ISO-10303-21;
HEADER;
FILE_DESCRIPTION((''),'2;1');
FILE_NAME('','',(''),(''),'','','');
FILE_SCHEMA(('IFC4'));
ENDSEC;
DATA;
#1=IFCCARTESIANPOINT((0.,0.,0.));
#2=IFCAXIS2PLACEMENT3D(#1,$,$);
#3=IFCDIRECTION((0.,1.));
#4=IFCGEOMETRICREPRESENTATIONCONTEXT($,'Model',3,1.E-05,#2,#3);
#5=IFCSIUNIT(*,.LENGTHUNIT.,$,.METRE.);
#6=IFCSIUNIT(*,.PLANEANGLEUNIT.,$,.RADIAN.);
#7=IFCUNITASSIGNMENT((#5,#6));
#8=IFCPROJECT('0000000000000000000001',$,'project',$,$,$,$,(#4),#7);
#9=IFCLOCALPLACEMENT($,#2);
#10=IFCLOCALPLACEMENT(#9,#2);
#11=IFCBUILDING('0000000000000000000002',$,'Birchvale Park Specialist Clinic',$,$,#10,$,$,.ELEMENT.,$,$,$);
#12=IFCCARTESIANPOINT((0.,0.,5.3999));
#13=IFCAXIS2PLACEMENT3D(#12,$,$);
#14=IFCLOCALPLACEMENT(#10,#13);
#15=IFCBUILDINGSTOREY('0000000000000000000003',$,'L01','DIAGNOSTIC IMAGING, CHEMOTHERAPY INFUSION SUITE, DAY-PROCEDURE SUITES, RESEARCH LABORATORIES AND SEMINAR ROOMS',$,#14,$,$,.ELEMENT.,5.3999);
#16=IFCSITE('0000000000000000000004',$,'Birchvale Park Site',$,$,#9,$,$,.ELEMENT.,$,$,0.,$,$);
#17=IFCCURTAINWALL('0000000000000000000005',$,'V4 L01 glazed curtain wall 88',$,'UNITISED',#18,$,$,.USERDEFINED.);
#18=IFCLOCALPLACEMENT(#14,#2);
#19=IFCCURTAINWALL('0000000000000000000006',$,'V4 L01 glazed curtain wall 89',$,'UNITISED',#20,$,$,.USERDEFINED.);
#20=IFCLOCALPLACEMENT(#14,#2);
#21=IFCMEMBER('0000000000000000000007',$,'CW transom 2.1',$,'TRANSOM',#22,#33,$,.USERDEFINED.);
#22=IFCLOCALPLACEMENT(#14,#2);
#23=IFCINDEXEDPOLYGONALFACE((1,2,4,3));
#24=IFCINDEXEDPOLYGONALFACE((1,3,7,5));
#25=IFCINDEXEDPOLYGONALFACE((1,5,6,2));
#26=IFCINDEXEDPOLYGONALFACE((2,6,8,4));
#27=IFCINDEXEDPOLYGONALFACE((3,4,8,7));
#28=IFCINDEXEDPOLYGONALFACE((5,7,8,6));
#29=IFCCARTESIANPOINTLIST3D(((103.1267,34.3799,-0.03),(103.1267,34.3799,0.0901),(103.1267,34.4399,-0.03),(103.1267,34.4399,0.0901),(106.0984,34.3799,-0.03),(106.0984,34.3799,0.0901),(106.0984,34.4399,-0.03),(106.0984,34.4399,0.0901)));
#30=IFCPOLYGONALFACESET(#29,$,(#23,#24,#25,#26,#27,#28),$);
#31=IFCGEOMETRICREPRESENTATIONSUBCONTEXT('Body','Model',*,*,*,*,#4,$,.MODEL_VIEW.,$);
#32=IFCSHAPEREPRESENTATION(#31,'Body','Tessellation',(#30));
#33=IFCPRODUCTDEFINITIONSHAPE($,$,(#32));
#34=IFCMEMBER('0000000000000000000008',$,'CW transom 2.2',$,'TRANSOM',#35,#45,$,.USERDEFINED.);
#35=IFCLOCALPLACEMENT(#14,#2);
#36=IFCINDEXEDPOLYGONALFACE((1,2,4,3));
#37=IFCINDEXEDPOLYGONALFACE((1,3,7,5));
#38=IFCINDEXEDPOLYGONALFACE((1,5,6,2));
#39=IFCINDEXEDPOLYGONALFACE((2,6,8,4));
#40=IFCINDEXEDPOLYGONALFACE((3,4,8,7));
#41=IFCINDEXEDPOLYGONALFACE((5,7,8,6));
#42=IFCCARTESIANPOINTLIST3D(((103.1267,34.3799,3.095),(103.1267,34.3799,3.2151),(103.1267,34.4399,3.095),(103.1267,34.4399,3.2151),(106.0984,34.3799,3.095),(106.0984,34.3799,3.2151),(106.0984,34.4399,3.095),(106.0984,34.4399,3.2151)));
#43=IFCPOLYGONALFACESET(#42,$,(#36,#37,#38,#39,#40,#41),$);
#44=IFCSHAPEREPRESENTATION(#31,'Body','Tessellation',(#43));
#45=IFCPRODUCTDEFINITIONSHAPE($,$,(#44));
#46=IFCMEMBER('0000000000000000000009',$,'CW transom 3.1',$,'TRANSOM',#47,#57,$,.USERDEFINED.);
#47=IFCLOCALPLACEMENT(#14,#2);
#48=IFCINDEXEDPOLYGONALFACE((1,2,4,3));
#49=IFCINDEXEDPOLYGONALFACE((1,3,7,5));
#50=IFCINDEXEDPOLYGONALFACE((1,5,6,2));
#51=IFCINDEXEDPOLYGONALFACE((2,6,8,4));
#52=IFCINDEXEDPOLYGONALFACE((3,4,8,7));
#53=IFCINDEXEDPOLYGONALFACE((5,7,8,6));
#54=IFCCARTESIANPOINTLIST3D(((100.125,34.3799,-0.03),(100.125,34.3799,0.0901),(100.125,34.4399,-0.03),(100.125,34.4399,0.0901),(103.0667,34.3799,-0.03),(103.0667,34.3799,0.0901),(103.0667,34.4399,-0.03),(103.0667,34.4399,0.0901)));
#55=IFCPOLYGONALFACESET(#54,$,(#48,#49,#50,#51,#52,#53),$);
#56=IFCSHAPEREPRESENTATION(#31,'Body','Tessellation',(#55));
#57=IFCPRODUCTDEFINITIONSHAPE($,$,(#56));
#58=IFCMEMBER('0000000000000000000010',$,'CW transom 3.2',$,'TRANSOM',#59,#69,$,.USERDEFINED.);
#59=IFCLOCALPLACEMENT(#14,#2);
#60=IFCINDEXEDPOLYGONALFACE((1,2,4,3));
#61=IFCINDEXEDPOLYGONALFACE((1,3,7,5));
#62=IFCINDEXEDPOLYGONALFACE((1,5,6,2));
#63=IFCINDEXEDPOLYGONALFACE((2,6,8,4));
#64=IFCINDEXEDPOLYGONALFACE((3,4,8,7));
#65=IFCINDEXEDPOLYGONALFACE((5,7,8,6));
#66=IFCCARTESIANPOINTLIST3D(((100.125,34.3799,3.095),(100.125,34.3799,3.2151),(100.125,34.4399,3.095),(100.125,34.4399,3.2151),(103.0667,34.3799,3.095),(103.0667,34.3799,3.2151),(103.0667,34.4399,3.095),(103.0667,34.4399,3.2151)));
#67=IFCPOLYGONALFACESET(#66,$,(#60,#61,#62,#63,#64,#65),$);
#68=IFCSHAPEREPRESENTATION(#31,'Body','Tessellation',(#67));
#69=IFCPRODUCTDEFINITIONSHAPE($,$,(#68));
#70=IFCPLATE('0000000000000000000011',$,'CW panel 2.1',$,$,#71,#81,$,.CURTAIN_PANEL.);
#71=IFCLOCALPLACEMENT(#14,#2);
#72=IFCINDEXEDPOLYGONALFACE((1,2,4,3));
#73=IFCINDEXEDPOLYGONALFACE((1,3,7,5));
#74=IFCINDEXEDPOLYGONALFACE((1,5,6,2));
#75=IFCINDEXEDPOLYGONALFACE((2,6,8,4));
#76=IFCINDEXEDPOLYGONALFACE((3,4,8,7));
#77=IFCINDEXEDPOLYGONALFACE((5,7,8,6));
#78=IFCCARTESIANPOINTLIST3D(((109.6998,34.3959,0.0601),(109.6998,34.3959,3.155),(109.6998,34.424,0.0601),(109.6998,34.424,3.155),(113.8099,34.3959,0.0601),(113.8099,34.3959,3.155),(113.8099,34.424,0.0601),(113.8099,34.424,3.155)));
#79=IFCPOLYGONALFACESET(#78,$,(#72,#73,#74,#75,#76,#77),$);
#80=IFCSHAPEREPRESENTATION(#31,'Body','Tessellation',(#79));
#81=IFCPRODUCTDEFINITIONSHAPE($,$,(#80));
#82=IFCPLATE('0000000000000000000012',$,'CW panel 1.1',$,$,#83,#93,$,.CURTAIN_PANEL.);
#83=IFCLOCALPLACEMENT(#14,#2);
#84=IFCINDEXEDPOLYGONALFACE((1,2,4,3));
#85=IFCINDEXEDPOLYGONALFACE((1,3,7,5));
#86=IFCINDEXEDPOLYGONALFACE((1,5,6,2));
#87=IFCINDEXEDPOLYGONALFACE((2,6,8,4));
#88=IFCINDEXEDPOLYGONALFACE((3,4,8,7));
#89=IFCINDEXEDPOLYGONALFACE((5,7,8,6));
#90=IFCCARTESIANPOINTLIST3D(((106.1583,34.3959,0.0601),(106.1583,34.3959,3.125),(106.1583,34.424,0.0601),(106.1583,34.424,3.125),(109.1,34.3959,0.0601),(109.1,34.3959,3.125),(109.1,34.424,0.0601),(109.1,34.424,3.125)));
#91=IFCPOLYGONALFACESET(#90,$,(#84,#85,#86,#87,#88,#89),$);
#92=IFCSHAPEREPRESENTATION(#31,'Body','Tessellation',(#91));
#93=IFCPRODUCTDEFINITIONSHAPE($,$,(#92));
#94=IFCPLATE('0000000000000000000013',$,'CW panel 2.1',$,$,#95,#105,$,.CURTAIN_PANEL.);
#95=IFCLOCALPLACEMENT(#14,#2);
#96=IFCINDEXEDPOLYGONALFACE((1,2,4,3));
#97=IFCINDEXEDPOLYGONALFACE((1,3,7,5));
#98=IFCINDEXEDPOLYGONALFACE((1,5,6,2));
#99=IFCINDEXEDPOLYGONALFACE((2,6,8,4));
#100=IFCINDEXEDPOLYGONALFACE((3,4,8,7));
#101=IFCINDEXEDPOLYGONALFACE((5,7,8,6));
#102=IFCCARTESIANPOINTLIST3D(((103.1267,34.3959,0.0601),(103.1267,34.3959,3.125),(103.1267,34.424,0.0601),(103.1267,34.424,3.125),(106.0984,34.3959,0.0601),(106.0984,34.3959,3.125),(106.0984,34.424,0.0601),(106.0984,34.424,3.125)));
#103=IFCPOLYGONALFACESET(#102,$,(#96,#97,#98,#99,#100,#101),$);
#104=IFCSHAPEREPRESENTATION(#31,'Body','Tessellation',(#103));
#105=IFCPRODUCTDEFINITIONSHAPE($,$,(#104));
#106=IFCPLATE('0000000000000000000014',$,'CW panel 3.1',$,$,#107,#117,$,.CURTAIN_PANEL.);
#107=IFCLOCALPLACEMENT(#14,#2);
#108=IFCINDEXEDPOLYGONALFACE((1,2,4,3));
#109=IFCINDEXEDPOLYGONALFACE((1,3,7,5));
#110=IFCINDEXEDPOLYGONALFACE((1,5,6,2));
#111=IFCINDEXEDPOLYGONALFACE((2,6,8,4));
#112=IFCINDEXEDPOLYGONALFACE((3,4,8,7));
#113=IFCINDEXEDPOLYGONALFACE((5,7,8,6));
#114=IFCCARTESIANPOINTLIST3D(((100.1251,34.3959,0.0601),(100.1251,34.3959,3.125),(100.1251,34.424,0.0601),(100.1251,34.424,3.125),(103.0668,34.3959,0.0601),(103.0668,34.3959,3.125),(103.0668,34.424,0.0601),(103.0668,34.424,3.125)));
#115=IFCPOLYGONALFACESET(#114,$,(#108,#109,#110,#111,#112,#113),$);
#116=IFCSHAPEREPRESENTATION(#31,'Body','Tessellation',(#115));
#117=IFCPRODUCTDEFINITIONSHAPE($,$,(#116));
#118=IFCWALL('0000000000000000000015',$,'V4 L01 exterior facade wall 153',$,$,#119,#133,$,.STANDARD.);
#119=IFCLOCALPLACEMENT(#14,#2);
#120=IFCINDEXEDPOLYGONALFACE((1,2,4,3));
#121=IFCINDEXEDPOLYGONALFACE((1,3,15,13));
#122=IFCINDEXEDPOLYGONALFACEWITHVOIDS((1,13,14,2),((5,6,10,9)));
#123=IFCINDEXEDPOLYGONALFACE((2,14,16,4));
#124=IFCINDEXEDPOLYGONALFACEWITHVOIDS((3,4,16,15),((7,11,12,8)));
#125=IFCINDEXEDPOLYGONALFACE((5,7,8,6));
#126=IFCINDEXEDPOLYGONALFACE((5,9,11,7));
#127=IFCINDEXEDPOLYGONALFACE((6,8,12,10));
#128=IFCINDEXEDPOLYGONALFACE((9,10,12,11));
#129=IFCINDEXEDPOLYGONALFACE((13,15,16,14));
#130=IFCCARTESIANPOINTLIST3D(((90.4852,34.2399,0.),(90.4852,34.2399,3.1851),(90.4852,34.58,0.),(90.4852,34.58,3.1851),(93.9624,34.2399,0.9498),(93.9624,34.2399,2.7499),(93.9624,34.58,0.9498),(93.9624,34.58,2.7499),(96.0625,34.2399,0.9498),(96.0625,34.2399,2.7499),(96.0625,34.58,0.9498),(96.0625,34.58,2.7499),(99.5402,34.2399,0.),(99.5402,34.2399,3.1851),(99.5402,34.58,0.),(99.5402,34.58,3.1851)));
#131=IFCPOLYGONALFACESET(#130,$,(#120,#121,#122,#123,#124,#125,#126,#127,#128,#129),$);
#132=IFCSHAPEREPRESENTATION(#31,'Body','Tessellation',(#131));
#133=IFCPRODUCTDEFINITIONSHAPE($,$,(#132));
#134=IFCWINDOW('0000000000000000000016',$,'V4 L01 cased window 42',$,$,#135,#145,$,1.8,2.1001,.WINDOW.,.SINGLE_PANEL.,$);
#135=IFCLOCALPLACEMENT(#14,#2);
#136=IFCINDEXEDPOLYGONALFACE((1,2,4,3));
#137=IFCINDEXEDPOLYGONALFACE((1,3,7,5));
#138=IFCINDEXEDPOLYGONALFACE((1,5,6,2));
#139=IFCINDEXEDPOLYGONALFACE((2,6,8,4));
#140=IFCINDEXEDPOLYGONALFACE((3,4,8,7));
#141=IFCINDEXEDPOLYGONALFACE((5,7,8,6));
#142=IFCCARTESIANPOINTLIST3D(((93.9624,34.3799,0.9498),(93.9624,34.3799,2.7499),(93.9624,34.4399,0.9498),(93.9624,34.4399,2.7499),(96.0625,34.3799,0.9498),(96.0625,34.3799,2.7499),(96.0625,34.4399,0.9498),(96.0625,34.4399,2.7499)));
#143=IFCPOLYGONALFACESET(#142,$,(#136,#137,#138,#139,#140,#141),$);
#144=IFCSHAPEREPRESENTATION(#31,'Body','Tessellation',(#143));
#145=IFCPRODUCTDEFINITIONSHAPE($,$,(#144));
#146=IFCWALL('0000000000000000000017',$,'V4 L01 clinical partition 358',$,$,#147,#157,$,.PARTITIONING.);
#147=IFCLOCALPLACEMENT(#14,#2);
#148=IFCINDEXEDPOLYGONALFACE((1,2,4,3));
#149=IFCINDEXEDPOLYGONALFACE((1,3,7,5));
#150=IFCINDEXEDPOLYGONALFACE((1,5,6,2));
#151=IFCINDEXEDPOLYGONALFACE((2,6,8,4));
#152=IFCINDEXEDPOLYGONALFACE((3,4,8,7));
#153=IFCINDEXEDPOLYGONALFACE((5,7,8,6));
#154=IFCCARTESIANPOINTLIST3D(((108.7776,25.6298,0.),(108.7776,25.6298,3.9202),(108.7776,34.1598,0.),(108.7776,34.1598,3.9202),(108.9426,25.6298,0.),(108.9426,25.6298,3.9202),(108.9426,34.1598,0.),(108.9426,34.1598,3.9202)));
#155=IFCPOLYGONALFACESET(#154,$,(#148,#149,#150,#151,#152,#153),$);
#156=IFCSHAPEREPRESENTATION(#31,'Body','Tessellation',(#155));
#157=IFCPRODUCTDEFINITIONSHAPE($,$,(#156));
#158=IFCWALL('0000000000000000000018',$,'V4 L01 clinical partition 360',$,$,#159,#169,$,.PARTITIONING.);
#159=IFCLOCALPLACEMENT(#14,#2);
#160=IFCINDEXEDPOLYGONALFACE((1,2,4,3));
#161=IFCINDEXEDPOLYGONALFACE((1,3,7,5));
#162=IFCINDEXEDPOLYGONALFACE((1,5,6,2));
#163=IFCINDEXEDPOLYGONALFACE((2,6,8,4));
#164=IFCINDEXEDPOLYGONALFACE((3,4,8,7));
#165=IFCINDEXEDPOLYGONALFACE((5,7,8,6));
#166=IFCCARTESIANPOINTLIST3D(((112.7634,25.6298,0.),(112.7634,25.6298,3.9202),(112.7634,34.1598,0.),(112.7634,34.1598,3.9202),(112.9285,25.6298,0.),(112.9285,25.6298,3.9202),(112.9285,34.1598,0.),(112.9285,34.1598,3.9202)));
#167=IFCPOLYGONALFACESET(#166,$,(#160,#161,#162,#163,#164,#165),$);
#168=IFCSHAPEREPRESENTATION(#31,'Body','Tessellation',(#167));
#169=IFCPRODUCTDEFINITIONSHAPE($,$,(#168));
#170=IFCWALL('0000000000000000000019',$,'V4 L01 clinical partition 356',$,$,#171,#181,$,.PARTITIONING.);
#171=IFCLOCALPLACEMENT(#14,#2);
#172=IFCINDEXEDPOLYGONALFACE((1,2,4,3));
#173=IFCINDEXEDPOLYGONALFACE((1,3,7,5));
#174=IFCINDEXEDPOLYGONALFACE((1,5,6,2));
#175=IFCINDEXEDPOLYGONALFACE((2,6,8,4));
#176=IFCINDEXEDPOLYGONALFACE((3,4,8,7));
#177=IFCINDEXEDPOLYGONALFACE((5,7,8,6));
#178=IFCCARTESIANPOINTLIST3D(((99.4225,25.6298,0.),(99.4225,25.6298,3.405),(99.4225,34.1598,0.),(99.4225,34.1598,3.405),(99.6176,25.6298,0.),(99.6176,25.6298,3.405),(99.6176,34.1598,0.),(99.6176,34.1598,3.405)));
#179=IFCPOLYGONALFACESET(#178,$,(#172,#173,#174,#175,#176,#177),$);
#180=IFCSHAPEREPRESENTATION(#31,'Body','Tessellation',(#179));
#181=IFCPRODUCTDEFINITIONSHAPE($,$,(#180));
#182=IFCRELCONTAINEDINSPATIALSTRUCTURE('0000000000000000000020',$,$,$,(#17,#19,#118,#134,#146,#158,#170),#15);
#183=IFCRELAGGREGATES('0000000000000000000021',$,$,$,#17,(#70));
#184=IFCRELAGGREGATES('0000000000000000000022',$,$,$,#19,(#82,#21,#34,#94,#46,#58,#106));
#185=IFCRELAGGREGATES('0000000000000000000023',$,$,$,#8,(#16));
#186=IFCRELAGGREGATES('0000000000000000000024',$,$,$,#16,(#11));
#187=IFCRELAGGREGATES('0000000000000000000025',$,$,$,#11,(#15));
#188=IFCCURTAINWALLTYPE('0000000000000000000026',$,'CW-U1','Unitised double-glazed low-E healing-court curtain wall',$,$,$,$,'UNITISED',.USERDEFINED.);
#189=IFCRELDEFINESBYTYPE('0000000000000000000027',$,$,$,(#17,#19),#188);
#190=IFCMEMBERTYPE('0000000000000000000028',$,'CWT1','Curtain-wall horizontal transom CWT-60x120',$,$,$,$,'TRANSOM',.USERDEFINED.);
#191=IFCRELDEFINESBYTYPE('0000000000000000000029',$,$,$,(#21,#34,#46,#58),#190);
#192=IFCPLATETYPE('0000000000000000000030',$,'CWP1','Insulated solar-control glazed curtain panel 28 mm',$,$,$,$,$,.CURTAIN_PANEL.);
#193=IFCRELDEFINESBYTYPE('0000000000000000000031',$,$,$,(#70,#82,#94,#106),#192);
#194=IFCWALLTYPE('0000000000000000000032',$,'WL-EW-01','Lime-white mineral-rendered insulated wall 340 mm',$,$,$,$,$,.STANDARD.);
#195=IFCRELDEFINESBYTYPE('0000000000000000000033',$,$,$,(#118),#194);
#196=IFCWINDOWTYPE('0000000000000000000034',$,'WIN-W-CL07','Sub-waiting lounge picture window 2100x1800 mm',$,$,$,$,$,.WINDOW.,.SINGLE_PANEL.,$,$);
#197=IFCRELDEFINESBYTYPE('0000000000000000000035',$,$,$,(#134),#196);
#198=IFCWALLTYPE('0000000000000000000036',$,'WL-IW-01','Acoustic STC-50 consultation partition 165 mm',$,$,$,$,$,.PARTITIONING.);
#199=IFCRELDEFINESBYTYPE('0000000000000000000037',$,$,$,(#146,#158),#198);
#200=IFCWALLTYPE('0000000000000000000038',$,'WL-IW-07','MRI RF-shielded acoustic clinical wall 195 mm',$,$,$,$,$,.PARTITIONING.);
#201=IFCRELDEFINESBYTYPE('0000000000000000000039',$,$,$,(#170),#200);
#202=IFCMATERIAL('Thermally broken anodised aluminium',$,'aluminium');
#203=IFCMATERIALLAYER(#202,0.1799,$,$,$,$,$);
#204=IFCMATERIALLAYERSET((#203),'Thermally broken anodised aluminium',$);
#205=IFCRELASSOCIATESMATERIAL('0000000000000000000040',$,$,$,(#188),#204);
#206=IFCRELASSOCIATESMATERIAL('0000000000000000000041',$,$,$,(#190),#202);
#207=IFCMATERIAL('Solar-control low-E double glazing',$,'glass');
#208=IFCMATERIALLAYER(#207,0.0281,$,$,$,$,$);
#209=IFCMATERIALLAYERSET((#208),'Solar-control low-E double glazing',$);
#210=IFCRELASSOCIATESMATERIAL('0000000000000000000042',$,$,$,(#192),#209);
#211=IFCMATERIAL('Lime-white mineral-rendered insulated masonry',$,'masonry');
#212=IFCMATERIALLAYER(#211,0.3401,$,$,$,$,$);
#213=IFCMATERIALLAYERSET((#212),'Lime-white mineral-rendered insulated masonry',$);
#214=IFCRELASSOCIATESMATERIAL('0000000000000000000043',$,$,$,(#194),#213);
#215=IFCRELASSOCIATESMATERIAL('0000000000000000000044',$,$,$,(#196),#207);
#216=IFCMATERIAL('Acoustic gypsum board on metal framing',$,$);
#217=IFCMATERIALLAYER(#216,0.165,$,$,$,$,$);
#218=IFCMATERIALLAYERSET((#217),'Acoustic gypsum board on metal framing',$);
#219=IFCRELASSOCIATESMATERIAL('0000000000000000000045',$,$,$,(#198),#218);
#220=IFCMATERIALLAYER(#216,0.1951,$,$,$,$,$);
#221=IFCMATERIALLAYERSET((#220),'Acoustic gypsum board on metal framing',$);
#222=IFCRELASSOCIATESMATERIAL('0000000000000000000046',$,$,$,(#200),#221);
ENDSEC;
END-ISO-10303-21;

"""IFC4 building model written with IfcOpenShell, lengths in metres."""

from ifc_helpers import new_model, si_unit, direction, frame, frame_2d, origin, origin_2d, place, context, subcontext, project, spatial, rectangle, extrude, material, layer, layer_set, material_profile, profile_set, type_object, element, fill, aggregate, save


model = new_model("IFC4")

# Units and contexts
model_context = context("Model", 3, precision=1e-05, world=origin(), true_north=direction((0.0, 1.0)))
body_context = subcontext(model_context, "Body", "Model", "MODEL_VIEW")
ifc_project = project(units=[si_unit("LENGTHUNIT", "METRE"), si_unit("PLANEANGLEUNIT", "RADIAN")], contexts=[model_context])

# Site, building, storey
site_placement = place(None, origin())
site = spatial("IfcSite", under=ifc_project, at=site_placement, Name="Birchvale Park Site", CompositionType="ELEMENT", RefElevation=0.0)
building_placement = place(site_placement, origin())
building = spatial("IfcBuilding", under=site, at=building_placement, Name="Birchvale Park Specialist Clinic", CompositionType="ELEMENT")
storey_placement = place(building_placement, frame((0.0, 0.0, 5.3999)))
storey = spatial("IfcBuildingStorey", under=building, at=storey_placement, Name="L01", Description="DIAGNOSTIC IMAGING, CHEMOTHERAPY INFUSION SUITE, DAY-PROCEDURE SUITES, RESEARCH LABORATORIES AND SEMINAR ROOMS", CompositionType="ELEMENT", Elevation=5.3999)

# Curtain walls
ifc_material_1 = material(Name="Thermally broken anodised aluminium", Category="aluminium")
ifc_layer_1 = layer(ifc_material_1, 0.1799)
ifc_layer_set_1 = layer_set([ifc_layer_1], Name="Thermally broken anodised aluminium")
curtain_wall_type = type_object("IfcCurtainWallType", Name="CW-U1", Description="Unitised double-glazed low-E healing-court curtain wall", ElementType="UNITISED", PredefinedType="USERDEFINED", material=ifc_layer_set_1)
curtain_wall_1_placement = place(storey_placement, origin())
curtain_wall_1 = element("IfcCurtainWall", 1, at=curtain_wall_1_placement, inside=storey, type_object=curtain_wall_type, Name="V4 L01 glazed curtain wall 88", ObjectType="UNITISED", PredefinedType="USERDEFINED")
curtain_wall_2_placement = place(storey_placement, origin())
curtain_wall_2 = element("IfcCurtainWall", 2, at=curtain_wall_2_placement, inside=storey, type_object=curtain_wall_type, Name="V4 L01 glazed curtain wall 89", ObjectType="UNITISED", PredefinedType="USERDEFINED")

# Members
ifc_material_profile_1 = material_profile(ifc_material_1, rectangle(XDim=0.0601, YDim=0.1201, at=origin_2d()), Name="CWT-60x120")
ifc_profile_set_1 = profile_set([ifc_material_profile_1], Name="Thermally broken anodised aluminium")
member_type_1 = type_object("IfcMemberType", Name="CWT1", Description="Curtain-wall horizontal transom CWT-60x120", ElementType="TRANSOM", PredefinedType="USERDEFINED", material=ifc_profile_set_1)
member_1_placement = place(storey_placement, frame((106.0984, 34.4099, 0.03), z_axis=(-1.0, 0.0, 0.0), x_axis=(0.0, -1.0, 0.0)))
member_1 = element("IfcMember", 3, at=member_1_placement, type_object=member_type_1, Name="CW transom 2.1", ObjectType="TRANSOM", PredefinedType="USERDEFINED", context=body_context, shape_type="SweptSolid", body=[
    extrude(rectangle(XDim=0.0601, YDim=0.1201, at=origin_2d()), origin(), (0.0, 0.0, 1.0), 2.9717),
])
member_2_placement = place(storey_placement, frame((106.0984, 34.4099, 3.155), z_axis=(-1.0, 0.0, 0.0), x_axis=(0.0, -1.0, 0.0)))
member_2 = element("IfcMember", 4, at=member_2_placement, type_object=member_type_1, Name="CW transom 2.2", ObjectType="TRANSOM", PredefinedType="USERDEFINED", context=body_context, shape_type="SweptSolid", body=[
    extrude(rectangle(XDim=0.0601, YDim=0.1201, at=origin_2d()), origin(), (0.0, 0.0, 1.0), 2.9717),
])
member_3_placement = place(storey_placement, frame((103.0667, 34.4099, 0.03), z_axis=(-1.0, 0.0, 0.0), x_axis=(0.0, -1.0, 0.0)))
member_3 = element("IfcMember", 5, at=member_3_placement, type_object=member_type_1, Name="CW transom 3.1", ObjectType="TRANSOM", PredefinedType="USERDEFINED", context=body_context, shape_type="SweptSolid", body=[
    extrude(rectangle(XDim=0.0601, YDim=0.1201, at=origin_2d()), origin(), (0.0, 0.0, 1.0), 2.9417),
])
member_4_placement = place(storey_placement, frame((103.0667, 34.4099, 3.155), z_axis=(-1.0, 0.0, 0.0), x_axis=(0.0, -1.0, 0.0)))
member_4 = element("IfcMember", 6, at=member_4_placement, type_object=member_type_1, Name="CW transom 3.2", ObjectType="TRANSOM", PredefinedType="USERDEFINED", context=body_context, shape_type="SweptSolid", body=[
    extrude(rectangle(XDim=0.0601, YDim=0.1201, at=origin_2d()), origin(), (0.0, 0.0, 1.0), 2.9417),
])

# Plates
ifc_material_2 = material(Name="Solar-control low-E double glazing", Category="glass")
ifc_layer_2 = layer(ifc_material_2, 0.0281)
ifc_layer_set_2 = layer_set([ifc_layer_2], Name="Solar-control low-E double glazing")
plate_type = type_object("IfcPlateType", Name="CWP1", Description="Insulated solar-control glazed curtain panel 28 mm", PredefinedType="CURTAIN_PANEL", material=ifc_layer_set_2)
plate_1_placement = place(storey_placement, frame((111.7549, 34.4099, 0.0601), z_axis=(0.0, 0.0, 1.0), x_axis=(-1.0, 0.0, 0.0)))
plate_1 = element("IfcPlate", 7, at=plate_1_placement, type_object=plate_type, Name="CW panel 2.1", PredefinedType="CURTAIN_PANEL", context=body_context, shape_type="SweptSolid", body=[
    extrude(rectangle(XDim=4.1101, YDim=0.0281, at=origin_2d()), origin(), (0.0, 0.0, 1.0), 3.095),
])
aggregate(curtain_wall_1, [plate_1])
plate_2_placement = place(storey_placement, frame((107.6292, 34.4099, 0.0601), z_axis=(0.0, 0.0, 1.0), x_axis=(-1.0, 0.0, 0.0)))
plate_2 = element("IfcPlate", 8, at=plate_2_placement, type_object=plate_type, Name="CW panel 1.1", PredefinedType="CURTAIN_PANEL", context=body_context, shape_type="SweptSolid", body=[
    extrude(rectangle(XDim=2.9417, YDim=0.0281, at=origin_2d()), origin(), (0.0, 0.0, 1.0), 3.0649),
])
plate_3_placement = place(storey_placement, frame((104.6125, 34.4099, 0.0601), z_axis=(0.0, 0.0, 1.0), x_axis=(-1.0, 0.0, 0.0)))
plate_3 = element("IfcPlate", 9, at=plate_3_placement, type_object=plate_type, Name="CW panel 2.1", PredefinedType="CURTAIN_PANEL", context=body_context, shape_type="SweptSolid", body=[
    extrude(rectangle(XDim=2.9717, YDim=0.0281, at=origin_2d()), origin(), (0.0, 0.0, 1.0), 3.0649),
])
plate_4_placement = place(storey_placement, frame((101.5959, 34.4099, 0.0601), z_axis=(0.0, 0.0, 1.0), x_axis=(-1.0, 0.0, 0.0)))
plate_4 = element("IfcPlate", 10, at=plate_4_placement, type_object=plate_type, Name="CW panel 3.1", PredefinedType="CURTAIN_PANEL", context=body_context, shape_type="SweptSolid", body=[
    extrude(rectangle(XDim=2.9417, YDim=0.0281, at=origin_2d()), origin(), (0.0, 0.0, 1.0), 3.0649),
])
aggregate(curtain_wall_2, [plate_2, member_1, member_2, plate_3, member_3, member_4, plate_4])

# Wall, opening, window
ifc_material_3 = material(Name="Lime-white mineral-rendered insulated masonry", Category="masonry")
ifc_layer_3 = layer(ifc_material_3, 0.3401)
ifc_layer_set_3 = layer_set([ifc_layer_3], Name="Lime-white mineral-rendered insulated masonry")
wall_type_1 = type_object("IfcWallType", Name="WL-EW-01", Description="Lime-white mineral-rendered insulated wall 340 mm", PredefinedType="STANDARD", material=ifc_layer_set_3)
wall_1_placement = place(storey_placement, frame((99.54, 34.4099, 0.0), z_axis=(0.0, 0.0, 1.0), x_axis=(-1.0, 0.0, 0.0)))
wall_1 = element("IfcWall", 11, at=wall_1_placement, inside=storey, type_object=wall_type_1, Name="V4 L01 exterior facade wall 153", PredefinedType="STANDARD", context=body_context, shape_type="SweptSolid", body=[
    extrude(rectangle(XDim=9.0549, YDim=0.3401, at=frame_2d((4.5273, 0.0))), origin(), (0.0, 0.0, 1.0), 3.1851),
])
opening_placement = place(wall_1_placement, frame((3.4775, 0.0, 0.95)))
opening = element("IfcOpeningElement", 12, at=opening_placement, cuts=wall_1, PredefinedType="OPENING", context=body_context, shape_type="SweptSolid", body=[
    extrude(rectangle(XDim=2.1001, YDim=1.8, at=frame_2d((1.05, 0.8999))), frame((0.0, 0.1802, 0.0), z_axis=(0.0, -1.0, 0.0), x_axis=(1.0, 0.0, 0.0)), (0.0, 0.0, 1.0), 0.3601),
])
window_type = type_object("IfcWindowType", Name="WIN-W-CL07", Description="Sub-waiting lounge picture window 2100x1800 mm", PartitioningType="SINGLE_PANEL", PredefinedType="WINDOW", material=ifc_material_2)
window_placement = place(opening_placement, origin())
window = element("IfcWindow", 13, at=window_placement, inside=storey, type_object=window_type, Name="V4 L01 cased window 42", OverallHeight=1.8, OverallWidth=2.1001, PartitioningType="SINGLE_PANEL", PredefinedType="WINDOW", context=body_context, shape_type="SweptSolid", body=[
    extrude(rectangle(XDim=2.1001, YDim=1.8, at=frame_2d((1.05, 0.8999))), frame((0.0, 0.03, 0.0), z_axis=(0.0, -1.0, 0.0), x_axis=(1.0, 0.0, 0.0)), (0.0, 0.0, 1.0), 0.0601),
])
fill(opening, window)

# Walls
ifc_material_4 = material(Name="Acoustic gypsum board on metal framing")
ifc_layer_4 = layer(ifc_material_4, 0.165)
ifc_layer_set_4 = layer_set([ifc_layer_4], Name="Acoustic gypsum board on metal framing")
wall_type_2 = type_object("IfcWallType", Name="WL-IW-01", Description="Acoustic STC-50 consultation partition 165 mm", PredefinedType="PARTITIONING", material=ifc_layer_set_4)
for number, where, z_axis, x_axis, name in (
    (14, (108.8601, 34.1599, 0.0), (0.0, 0.0, 1.0), (0.0, -1.0, 0.0), "V4 L01 clinical partition 358"),
    (15, (112.8459, 34.1599, 0.0), (0.0, 0.0, 1.0), (0.0, -1.0, 0.0), "V4 L01 clinical partition 360"),
):
    element("IfcWall", number, at=place(storey_placement, frame(where, z_axis=z_axis, x_axis=x_axis)), inside=storey, type_object=wall_type_2, Name=name, PredefinedType="PARTITIONING", context=body_context, shape_type="SweptSolid", body=[
        extrude(rectangle(XDim=8.53, YDim=0.165, at=frame_2d((4.2651, 0.0))), origin(), (0.0, 0.0, 1.0), 3.9202),
    ])
ifc_layer_5 = layer(ifc_material_4, 0.1951)
ifc_layer_set_5 = layer_set([ifc_layer_5], Name="Acoustic gypsum board on metal framing")
wall_type_3 = type_object("IfcWallType", Name="WL-IW-07", Description="MRI RF-shielded acoustic clinical wall 195 mm", PredefinedType="PARTITIONING", material=ifc_layer_set_5)
wall_2_placement = place(storey_placement, frame((99.52, 34.1599, 0.0), z_axis=(0.0, 0.0, 1.0), x_axis=(0.0, -1.0, 0.0)))
element("IfcWall", 16, at=wall_2_placement, inside=storey, type_object=wall_type_3, Name="V4 L01 clinical partition 356", PredefinedType="PARTITIONING", context=body_context, shape_type="SweptSolid", body=[
    extrude(rectangle(XDim=8.53, YDim=0.1951, at=frame_2d((4.2651, 0.0))), origin(), (0.0, 0.0, 1.0), 3.405),
])

save(model, "model.ifc")
